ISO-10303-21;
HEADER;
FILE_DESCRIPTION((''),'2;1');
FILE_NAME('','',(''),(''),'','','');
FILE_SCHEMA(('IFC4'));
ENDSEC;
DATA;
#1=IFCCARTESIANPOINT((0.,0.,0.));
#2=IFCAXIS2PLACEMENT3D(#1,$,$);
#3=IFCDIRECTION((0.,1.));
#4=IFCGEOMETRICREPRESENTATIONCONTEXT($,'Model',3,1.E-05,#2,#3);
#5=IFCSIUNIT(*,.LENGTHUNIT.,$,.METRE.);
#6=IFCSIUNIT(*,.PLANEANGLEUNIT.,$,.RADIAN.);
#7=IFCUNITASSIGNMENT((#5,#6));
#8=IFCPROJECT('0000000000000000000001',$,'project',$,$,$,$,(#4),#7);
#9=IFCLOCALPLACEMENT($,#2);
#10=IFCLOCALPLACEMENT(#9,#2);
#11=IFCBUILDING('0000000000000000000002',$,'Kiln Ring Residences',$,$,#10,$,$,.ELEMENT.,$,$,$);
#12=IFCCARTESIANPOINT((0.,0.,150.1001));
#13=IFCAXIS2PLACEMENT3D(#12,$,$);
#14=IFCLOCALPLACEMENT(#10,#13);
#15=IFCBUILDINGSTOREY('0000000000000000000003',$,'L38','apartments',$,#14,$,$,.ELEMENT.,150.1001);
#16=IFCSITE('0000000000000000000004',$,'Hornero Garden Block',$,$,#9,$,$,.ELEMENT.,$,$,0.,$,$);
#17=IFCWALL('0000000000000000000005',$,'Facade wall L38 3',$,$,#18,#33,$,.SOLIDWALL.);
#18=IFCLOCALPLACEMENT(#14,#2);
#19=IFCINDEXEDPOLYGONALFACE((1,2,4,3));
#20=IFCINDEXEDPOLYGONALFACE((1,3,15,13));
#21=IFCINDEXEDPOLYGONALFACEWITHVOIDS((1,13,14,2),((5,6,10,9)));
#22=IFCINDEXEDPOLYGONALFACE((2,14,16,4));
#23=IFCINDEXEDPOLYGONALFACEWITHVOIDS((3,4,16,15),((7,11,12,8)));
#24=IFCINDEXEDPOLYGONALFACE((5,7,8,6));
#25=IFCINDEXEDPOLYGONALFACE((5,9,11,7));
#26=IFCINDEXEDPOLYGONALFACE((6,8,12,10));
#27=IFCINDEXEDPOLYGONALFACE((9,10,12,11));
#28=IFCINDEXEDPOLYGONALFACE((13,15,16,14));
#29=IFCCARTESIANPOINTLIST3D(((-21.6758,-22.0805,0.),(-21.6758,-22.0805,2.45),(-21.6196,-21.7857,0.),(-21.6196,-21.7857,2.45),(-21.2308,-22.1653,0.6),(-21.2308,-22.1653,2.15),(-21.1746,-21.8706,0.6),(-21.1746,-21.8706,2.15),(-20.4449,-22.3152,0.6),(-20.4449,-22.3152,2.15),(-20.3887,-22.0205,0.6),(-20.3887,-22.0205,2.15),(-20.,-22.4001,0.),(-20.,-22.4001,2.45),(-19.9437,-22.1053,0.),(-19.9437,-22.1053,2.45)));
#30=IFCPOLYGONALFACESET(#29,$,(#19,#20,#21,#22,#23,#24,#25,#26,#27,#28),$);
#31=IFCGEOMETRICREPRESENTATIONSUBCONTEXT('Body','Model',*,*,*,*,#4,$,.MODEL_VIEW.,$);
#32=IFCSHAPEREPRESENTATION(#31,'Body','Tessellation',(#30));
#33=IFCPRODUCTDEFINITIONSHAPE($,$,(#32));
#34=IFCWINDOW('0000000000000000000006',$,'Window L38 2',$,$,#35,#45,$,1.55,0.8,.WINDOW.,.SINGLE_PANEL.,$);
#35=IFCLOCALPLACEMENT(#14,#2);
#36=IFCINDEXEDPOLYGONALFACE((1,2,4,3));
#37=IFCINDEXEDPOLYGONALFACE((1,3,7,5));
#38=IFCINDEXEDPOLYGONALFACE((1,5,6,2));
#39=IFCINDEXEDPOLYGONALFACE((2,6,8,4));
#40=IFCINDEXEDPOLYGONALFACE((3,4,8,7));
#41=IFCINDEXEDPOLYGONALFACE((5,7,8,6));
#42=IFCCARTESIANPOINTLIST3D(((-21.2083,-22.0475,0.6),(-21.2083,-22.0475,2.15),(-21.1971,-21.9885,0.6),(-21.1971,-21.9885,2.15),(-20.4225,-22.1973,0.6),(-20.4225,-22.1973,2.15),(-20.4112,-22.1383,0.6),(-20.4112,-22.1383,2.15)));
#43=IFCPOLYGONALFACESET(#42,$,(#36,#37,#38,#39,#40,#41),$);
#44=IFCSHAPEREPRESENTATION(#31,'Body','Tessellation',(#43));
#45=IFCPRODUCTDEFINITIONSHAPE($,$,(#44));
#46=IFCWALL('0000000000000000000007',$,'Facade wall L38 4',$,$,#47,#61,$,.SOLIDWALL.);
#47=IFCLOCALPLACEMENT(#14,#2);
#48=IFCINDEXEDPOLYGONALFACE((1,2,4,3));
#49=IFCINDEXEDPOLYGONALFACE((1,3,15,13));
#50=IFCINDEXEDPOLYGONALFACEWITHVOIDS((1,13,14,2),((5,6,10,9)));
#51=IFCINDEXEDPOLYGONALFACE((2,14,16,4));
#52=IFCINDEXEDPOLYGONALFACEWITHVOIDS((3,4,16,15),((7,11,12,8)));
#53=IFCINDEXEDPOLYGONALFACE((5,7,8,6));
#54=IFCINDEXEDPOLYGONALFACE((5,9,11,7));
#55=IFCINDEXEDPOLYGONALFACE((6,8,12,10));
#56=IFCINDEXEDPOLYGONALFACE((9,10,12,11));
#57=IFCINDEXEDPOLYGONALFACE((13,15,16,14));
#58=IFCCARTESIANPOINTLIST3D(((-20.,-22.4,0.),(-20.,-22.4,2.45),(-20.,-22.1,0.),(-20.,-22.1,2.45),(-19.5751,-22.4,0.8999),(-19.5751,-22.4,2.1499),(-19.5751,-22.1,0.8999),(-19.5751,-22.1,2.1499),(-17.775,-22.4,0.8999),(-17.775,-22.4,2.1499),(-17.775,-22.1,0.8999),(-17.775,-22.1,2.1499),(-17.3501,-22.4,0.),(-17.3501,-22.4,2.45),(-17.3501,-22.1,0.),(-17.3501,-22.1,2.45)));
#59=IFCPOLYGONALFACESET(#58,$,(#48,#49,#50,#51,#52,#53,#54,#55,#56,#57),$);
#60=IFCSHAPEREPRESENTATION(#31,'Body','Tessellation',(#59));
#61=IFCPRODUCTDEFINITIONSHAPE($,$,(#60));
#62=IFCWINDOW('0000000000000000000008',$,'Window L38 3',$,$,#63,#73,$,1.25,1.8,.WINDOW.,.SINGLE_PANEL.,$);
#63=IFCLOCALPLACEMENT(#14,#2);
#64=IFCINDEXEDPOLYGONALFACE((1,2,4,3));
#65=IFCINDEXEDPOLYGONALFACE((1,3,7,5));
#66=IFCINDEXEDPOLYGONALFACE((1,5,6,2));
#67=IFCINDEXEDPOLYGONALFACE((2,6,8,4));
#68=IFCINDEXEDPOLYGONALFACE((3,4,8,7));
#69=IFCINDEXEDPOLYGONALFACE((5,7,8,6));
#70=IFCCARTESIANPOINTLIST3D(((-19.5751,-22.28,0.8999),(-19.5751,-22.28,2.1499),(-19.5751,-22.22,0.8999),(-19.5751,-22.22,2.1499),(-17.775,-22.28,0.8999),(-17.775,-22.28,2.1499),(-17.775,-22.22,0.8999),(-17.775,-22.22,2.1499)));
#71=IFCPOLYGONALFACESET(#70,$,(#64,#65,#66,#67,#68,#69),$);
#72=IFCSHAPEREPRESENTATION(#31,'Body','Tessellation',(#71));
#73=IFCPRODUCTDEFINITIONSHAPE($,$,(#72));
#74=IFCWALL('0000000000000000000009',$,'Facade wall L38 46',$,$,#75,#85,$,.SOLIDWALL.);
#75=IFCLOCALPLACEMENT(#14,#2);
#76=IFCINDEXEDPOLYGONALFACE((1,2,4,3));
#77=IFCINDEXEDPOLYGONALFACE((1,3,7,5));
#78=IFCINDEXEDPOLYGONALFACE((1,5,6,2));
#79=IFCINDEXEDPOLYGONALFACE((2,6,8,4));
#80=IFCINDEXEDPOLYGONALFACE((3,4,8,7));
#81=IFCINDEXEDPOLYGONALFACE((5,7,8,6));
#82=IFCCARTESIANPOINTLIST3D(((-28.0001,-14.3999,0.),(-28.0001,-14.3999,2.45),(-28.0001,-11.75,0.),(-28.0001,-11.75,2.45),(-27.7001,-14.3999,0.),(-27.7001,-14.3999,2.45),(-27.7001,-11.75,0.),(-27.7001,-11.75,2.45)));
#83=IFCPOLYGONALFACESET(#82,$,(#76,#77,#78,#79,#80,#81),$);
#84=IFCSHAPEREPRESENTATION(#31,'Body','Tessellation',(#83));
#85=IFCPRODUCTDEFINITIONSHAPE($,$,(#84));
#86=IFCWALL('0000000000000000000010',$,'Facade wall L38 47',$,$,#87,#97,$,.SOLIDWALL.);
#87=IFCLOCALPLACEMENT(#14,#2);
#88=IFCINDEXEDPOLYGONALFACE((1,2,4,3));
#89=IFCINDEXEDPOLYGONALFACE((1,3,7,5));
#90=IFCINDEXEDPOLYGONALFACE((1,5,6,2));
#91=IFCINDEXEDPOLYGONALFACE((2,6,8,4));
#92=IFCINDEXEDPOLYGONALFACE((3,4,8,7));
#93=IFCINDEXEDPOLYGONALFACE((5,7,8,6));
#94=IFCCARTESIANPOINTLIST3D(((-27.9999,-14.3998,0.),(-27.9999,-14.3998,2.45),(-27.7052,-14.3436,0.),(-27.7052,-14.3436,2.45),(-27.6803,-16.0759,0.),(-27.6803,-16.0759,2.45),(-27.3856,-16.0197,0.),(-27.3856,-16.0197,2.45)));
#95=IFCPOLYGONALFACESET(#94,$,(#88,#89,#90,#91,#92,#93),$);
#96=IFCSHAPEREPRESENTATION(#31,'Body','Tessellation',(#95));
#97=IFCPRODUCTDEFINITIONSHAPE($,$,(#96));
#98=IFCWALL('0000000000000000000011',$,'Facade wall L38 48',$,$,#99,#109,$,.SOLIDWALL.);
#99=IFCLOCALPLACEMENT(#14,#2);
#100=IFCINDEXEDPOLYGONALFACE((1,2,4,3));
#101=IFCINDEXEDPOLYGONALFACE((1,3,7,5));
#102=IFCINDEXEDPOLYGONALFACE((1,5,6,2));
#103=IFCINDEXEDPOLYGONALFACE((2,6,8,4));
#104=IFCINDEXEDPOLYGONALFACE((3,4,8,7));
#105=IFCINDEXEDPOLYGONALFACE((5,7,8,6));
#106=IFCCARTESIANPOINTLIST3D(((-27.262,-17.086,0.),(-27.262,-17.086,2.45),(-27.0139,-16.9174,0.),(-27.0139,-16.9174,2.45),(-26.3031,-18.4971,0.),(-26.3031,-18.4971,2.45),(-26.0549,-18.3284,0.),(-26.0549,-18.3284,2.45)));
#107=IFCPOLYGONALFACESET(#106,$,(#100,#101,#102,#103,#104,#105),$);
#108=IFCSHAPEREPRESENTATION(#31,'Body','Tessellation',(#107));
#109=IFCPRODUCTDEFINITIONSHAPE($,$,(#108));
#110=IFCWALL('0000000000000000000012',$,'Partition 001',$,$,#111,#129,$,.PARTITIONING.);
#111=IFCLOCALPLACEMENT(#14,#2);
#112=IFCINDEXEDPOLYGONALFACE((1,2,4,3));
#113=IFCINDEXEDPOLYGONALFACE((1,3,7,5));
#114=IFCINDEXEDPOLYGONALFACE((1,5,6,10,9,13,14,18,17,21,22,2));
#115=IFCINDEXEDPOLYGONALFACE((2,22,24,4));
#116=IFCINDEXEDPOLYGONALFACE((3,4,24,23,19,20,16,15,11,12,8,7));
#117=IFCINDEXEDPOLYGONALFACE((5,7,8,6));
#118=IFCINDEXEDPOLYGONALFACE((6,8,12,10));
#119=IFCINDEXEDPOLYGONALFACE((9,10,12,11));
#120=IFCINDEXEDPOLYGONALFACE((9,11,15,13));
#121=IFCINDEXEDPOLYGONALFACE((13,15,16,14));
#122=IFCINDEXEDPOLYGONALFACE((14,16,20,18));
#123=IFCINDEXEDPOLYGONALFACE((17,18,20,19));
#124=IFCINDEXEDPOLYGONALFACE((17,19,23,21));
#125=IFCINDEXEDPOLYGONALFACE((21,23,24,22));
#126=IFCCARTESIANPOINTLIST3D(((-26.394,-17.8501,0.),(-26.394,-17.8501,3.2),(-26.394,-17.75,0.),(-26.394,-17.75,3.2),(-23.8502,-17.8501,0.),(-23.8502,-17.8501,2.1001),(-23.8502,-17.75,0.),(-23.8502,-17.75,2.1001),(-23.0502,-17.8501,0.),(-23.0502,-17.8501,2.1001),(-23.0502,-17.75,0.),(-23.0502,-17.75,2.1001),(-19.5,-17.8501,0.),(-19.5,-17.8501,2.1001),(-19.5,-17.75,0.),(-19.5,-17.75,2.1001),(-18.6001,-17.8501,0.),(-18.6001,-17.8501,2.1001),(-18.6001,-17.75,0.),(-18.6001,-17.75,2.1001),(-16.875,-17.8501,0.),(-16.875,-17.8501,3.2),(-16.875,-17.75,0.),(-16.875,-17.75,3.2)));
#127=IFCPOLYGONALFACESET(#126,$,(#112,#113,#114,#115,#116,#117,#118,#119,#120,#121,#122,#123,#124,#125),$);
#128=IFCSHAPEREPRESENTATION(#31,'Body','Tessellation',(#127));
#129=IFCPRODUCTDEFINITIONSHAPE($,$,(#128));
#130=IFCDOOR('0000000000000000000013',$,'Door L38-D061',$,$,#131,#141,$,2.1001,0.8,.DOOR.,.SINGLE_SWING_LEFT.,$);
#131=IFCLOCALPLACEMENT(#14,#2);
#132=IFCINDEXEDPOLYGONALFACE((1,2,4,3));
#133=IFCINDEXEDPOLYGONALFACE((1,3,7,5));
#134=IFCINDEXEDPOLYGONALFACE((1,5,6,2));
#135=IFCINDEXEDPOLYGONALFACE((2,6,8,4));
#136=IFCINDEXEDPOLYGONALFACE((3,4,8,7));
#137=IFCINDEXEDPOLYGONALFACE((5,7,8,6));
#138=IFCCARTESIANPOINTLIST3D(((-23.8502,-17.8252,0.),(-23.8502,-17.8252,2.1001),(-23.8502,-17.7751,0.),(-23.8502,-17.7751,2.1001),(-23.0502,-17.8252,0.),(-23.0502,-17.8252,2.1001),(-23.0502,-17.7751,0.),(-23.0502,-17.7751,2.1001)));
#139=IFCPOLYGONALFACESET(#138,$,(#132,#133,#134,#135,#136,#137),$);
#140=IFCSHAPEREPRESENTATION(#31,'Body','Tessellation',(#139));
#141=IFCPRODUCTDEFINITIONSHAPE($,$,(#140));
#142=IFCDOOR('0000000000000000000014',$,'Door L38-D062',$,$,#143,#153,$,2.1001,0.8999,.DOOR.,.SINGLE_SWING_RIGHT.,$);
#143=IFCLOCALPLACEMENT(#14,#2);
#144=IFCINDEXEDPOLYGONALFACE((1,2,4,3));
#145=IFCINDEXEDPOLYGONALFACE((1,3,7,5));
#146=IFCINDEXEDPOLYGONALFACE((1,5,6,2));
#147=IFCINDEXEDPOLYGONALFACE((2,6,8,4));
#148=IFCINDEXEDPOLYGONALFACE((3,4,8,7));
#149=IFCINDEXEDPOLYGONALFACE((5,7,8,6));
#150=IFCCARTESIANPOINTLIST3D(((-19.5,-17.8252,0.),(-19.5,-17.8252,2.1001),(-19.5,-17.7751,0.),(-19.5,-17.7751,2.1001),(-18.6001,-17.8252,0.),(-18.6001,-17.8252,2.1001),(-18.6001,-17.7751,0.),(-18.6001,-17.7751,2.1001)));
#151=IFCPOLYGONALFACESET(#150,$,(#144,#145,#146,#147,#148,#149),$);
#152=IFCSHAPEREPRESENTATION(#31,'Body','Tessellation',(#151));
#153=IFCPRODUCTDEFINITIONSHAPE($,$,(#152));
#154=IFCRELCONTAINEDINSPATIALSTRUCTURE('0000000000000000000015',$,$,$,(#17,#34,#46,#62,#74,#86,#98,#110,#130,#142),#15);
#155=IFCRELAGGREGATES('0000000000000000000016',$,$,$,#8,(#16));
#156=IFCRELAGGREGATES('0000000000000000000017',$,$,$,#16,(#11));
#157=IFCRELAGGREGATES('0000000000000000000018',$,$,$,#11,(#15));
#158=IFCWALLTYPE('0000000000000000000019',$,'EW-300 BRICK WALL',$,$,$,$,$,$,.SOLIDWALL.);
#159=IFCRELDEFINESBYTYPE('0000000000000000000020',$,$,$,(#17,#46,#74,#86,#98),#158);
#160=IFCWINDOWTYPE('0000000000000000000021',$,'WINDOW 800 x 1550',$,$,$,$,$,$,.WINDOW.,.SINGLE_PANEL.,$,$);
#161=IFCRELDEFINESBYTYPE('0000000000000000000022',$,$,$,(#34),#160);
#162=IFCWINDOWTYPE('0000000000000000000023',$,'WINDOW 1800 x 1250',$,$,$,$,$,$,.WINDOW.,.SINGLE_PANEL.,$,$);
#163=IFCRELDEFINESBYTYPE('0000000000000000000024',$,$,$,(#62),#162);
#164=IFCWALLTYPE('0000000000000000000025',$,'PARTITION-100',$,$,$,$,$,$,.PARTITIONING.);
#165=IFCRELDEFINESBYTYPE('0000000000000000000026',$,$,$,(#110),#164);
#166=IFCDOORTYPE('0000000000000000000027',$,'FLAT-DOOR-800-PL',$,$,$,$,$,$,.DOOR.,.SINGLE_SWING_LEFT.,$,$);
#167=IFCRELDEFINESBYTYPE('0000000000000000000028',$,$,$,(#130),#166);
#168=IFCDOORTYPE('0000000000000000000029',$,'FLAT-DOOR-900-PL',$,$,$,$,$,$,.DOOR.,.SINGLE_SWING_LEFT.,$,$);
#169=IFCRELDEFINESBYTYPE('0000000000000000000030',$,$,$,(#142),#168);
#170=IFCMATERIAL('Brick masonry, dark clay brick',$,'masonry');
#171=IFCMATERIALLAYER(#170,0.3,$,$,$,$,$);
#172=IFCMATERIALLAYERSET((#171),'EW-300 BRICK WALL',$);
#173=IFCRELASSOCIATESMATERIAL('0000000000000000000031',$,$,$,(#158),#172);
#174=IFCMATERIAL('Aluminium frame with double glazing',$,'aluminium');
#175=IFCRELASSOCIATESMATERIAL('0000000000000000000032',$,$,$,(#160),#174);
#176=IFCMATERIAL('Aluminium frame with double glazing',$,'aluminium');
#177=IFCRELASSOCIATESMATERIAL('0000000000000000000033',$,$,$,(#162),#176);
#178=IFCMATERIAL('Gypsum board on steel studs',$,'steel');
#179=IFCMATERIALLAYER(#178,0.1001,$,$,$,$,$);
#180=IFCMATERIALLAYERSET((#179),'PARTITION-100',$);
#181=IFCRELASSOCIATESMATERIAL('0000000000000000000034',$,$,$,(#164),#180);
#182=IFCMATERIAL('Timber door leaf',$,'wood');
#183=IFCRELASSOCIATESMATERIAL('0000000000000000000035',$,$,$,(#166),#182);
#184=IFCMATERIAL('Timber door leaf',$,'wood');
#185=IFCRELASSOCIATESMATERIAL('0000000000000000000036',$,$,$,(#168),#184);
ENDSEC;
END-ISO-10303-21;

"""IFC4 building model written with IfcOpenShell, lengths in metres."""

from ifc_helpers import new_model, si_unit, direction, frame, frame_2d, origin, place, context, subcontext, project, spatial, rectangle, extrude, material, layer, layer_set, type_object, element, fill, save


model = new_model("IFC4")

# Units and contexts
model_context = context("Model", 3, precision=1e-05, world=origin(), true_north=direction((0.0, 1.0)))
body_context = subcontext(model_context, "Body", "Model", "MODEL_VIEW")
ifc_project = project(units=[si_unit("LENGTHUNIT", "METRE"), si_unit("PLANEANGLEUNIT", "RADIAN")], contexts=[model_context])

# Site, building, storey
site_placement = place(None, origin())
site = spatial("IfcSite", under=ifc_project, at=site_placement, Name="Hornero Garden Block", CompositionType="ELEMENT", RefElevation=0.0)
building_placement = place(site_placement, origin())
building = spatial("IfcBuilding", under=site, at=building_placement, Name="Kiln Ring Residences", CompositionType="ELEMENT")
storey_placement = place(building_placement, frame((0.0, 0.0, 150.1001)))
storey = spatial("IfcBuildingStorey", under=building, at=storey_placement, Name="L38", Description="apartments", CompositionType="ELEMENT", Elevation=150.1001)

# Shared definitions
ifc_material_1 = material(Name="Brick masonry, dark clay brick", Category="masonry")
ifc_layer_1 = layer(ifc_material_1, 0.3)
ifc_layer_set_1 = layer_set([ifc_layer_1], Name="EW-300 BRICK WALL")
wall_type_1 = type_object("IfcWallType", Name="EW-300 BRICK WALL", PredefinedType="SOLIDWALL", material=ifc_layer_set_1)

# Walls, openings, windows
wall_1_placement = place(storey_placement, frame((-21.6477, -21.9331, 0.0), z_axis=(0.0, 0.0, 1.0), x_axis=(0.982297, -0.187329, 0.0)))
wall_1 = element("IfcWall", 1, at=wall_1_placement, inside=storey, type_object=wall_type_1, Name="Facade wall L38 3", PredefinedType="SOLIDWALL", context=body_context, shape_type="SweptSolid", body=[
    extrude(rectangle(XDim=1.7061, YDim=0.3, at=frame_2d((0.853, 0.0))), origin(), (0.0, 0.0, 1.0), 2.45),
])
opening_1_placement = place(wall_1_placement, frame((0.4531, 0.0, 0.6001)))
opening_1 = element("IfcOpeningElement", 2, at=opening_1_placement, cuts=wall_1, PredefinedType="OPENING", context=body_context, shape_type="SweptSolid", body=[
    extrude(rectangle(XDim=0.8, YDim=1.55, at=frame_2d((0.3999, 0.7749))), frame((0.0, 0.1599, 0.0), z_axis=(0.0, -1.0, 0.0), x_axis=(1.0, 0.0, 0.0)), (0.0, 0.0, 1.0), 0.3201),
])
ifc_material_2 = material(Name="Aluminium frame with double glazing", Category="aluminium")
window_type_1 = type_object("IfcWindowType", Name="WINDOW 800 x 1550", PartitioningType="SINGLE_PANEL", PredefinedType="WINDOW", material=ifc_material_2)
window_1_placement = place(opening_1_placement, origin())
window_1 = element("IfcWindow", 3, at=window_1_placement, inside=storey, type_object=window_type_1, Name="Window L38 2", OverallHeight=1.55, OverallWidth=0.8, PartitioningType="SINGLE_PANEL", PredefinedType="WINDOW", context=body_context, shape_type="SweptSolid", body=[
    extrude(rectangle(XDim=0.8, YDim=1.55, at=frame_2d((0.3999, 0.7749))), frame((0.0, 0.03, 0.0), z_axis=(0.0, -1.0, 0.0), x_axis=(1.0, 0.0, 0.0)), (0.0, 0.0, 1.0), 0.0601),
])
fill(opening_1, window_1)
wall_2_placement = place(storey_placement, frame((-20.0, -22.25, 0.0), z_axis=(0.0, 0.0, 1.0), x_axis=(1.0, 0.0, 0.0)))
wall_2 = element("IfcWall", 4, at=wall_2_placement, inside=storey, type_object=wall_type_1, Name="Facade wall L38 4", PredefinedType="SOLIDWALL", context=body_context, shape_type="SweptSolid", body=[
    extrude(rectangle(XDim=2.6499, YDim=0.3, at=frame_2d((1.325, 0.0))), origin(), (0.0, 0.0, 1.0), 2.45),
])
opening_2_placement = place(wall_2_placement, frame((0.425, 0.0, 0.8999)))
opening_2 = element("IfcOpeningElement", 5, at=opening_2_placement, cuts=wall_2, PredefinedType="OPENING", context=body_context, shape_type="SweptSolid", body=[
    extrude(rectangle(XDim=1.8, YDim=1.25, at=frame_2d((0.8999, 0.625))), frame((0.0, 0.1599, 0.0), z_axis=(0.0, -1.0, 0.0), x_axis=(1.0, 0.0, 0.0)), (0.0, 0.0, 1.0), 0.3201),
])
ifc_material_3 = material(Name="Aluminium frame with double glazing", Category="aluminium")
window_type_2 = type_object("IfcWindowType", Name="WINDOW 1800 x 1250", PartitioningType="SINGLE_PANEL", PredefinedType="WINDOW", material=ifc_material_3)
window_2_placement = place(opening_2_placement, origin())
window_2 = element("IfcWindow", 6, at=window_2_placement, inside=storey, type_object=window_type_2, Name="Window L38 3", OverallHeight=1.25, OverallWidth=1.8, PartitioningType="SINGLE_PANEL", PredefinedType="WINDOW", context=body_context, shape_type="SweptSolid", body=[
    extrude(rectangle(XDim=1.8, YDim=1.25, at=frame_2d((0.8999, 0.625))), frame((0.0, 0.03, 0.0), z_axis=(0.0, -1.0, 0.0), x_axis=(1.0, 0.0, 0.0)), (0.0, 0.0, 1.0), 0.0601),
])
fill(opening_2, window_2)

# Walls
wall_3_placement = place(storey_placement, frame((-27.8501, -11.75, 0.0), z_axis=(0.0, 0.0, 1.0), x_axis=(0.0, -1.0, 0.0)))
element("IfcWall", 7, at=wall_3_placement, inside=storey, type_object=wall_type_1, Name="Facade wall L38 46", PredefinedType="SOLIDWALL", context=body_context, shape_type="SweptSolid", body=[
    extrude(rectangle(XDim=2.6499, YDim=0.3, at=frame_2d((1.325, 0.0))), origin(), (0.0, 0.0, 1.0), 2.45),
])
wall_4_placement = place(storey_placement, frame((-27.8525, -14.3718, 0.0), z_axis=(0.0, 0.0, 1.0), x_axis=(0.187303, -0.982302, 0.0)))
element("IfcWall", 8, at=wall_4_placement, inside=storey, type_object=wall_type_1, Name="Facade wall L38 47", PredefinedType="SOLIDWALL", context=body_context, shape_type="SweptSolid", body=[
    extrude(rectangle(XDim=1.7063, YDim=0.3, at=frame_2d((0.853, 0.0))), origin(), (0.0, 0.0, 1.0), 2.45),
])
wall_5_placement = place(storey_placement, frame((-27.1379, -17.0017, 0.0), z_axis=(0.0, 0.0, 1.0), x_axis=(0.562075, -0.827086, 0.0)))
element("IfcWall", 9, at=wall_5_placement, inside=storey, type_object=wall_type_1, Name="Facade wall L38 48", PredefinedType="SOLIDWALL", context=body_context, shape_type="SweptSolid", body=[
    extrude(rectangle(XDim=1.7061, YDim=0.3, at=frame_2d((0.853, 0.0))), origin(), (0.0, 0.0, 1.0), 2.45),
])

# Wall, openings, doors
ifc_material_4 = material(Name="Gypsum board on steel studs", Category="steel")
ifc_layer_2 = layer(ifc_material_4, 0.1001)
ifc_layer_set_2 = layer_set([ifc_layer_2], Name="PARTITION-100")
wall_type_2 = type_object("IfcWallType", Name="PARTITION-100", PredefinedType="PARTITIONING", material=ifc_layer_set_2)
wall_6_placement = place(storey_placement, frame((-26.394, -17.8, 0.0), z_axis=(0.0, 0.0, 1.0), x_axis=(1.0, 0.0, 0.0)))
wall_6 = element("IfcWall", 10, at=wall_6_placement, inside=storey, type_object=wall_type_2, Name="Partition 001", PredefinedType="PARTITIONING", context=body_context, shape_type="SweptSolid", body=[
    extrude(rectangle(XDim=9.519, YDim=0.1001, at=frame_2d((4.7595, 0.0))), origin(), (0.0, 0.0, 1.0), 3.2),
])
opening_3_placement = place(wall_6_placement, frame((2.5439, 0.0, 0.0)))
opening_3 = element("IfcOpeningElement", 11, at=opening_3_placement, cuts=wall_6, PredefinedType="OPENING", context=body_context, shape_type="SweptSolid", body=[
    extrude(rectangle(XDim=0.8, YDim=2.1001, at=frame_2d((0.3999, 1.05))), frame((0.0, 0.0601, 0.0), z_axis=(0.0, -1.0, 0.0), x_axis=(1.0, 0.0, 0.0)), (0.0, 0.0, 1.0), 0.1201),
])
opening_4_placement = place(wall_6_placement, frame((6.894, 0.0, 0.0)))
opening_4 = element("IfcOpeningElement", 12, at=opening_4_placement, cuts=wall_6, PredefinedType="OPENING", context=body_context, shape_type="SweptSolid", body=[
    extrude(rectangle(XDim=0.8999, YDim=2.1001, at=frame_2d((0.45, 1.05))), frame((0.0, 0.0601, 0.0), z_axis=(0.0, -1.0, 0.0), x_axis=(1.0, 0.0, 0.0)), (0.0, 0.0, 1.0), 0.1201),
])
ifc_material_5 = material(Name="Timber door leaf", Category="wood")
door_type_1 = type_object("IfcDoorType", Name="FLAT-DOOR-800-PL", OperationType="SINGLE_SWING_LEFT", PredefinedType="DOOR", material=ifc_material_5)
door_1_placement = place(opening_3_placement, origin())
door_1 = element("IfcDoor", 13, at=door_1_placement, inside=storey, type_object=door_type_1, Name="Door L38-D061", OperationType="SINGLE_SWING_LEFT", OverallHeight=2.1001, OverallWidth=0.8, PredefinedType="DOOR", context=body_context, shape_type="SweptSolid", body=[
    extrude(rectangle(XDim=0.8, YDim=2.1001, at=frame_2d((0.3999, 1.05))), frame((0.0, 0.0249, 0.0), z_axis=(0.0, -1.0, 0.0), x_axis=(1.0, 0.0, 0.0)), (0.0, 0.0, 1.0), 0.05),
])
fill(opening_3, door_1)
ifc_material_6 = material(Name="Timber door leaf", Category="wood")
door_type_2 = type_object("IfcDoorType", Name="FLAT-DOOR-900-PL", OperationType="SINGLE_SWING_LEFT", PredefinedType="DOOR", material=ifc_material_6)
door_2_placement = place(opening_4_placement, origin())
door_2 = element("IfcDoor", 14, at=door_2_placement, inside=storey, type_object=door_type_2, Name="Door L38-D062", OperationType="SINGLE_SWING_RIGHT", OverallHeight=2.1001, OverallWidth=0.8999, PredefinedType="DOOR", context=body_context, shape_type="SweptSolid", body=[
    extrude(rectangle(XDim=0.8999, YDim=2.1001, at=frame_2d((0.45, 1.05))), frame((0.0, 0.0249, 0.0), z_axis=(0.0, -1.0, 0.0), x_axis=(1.0, 0.0, 0.0)), (0.0, 0.0, 1.0), 0.05),
])
fill(opening_4, door_2)

save(model, "model.ifc")
